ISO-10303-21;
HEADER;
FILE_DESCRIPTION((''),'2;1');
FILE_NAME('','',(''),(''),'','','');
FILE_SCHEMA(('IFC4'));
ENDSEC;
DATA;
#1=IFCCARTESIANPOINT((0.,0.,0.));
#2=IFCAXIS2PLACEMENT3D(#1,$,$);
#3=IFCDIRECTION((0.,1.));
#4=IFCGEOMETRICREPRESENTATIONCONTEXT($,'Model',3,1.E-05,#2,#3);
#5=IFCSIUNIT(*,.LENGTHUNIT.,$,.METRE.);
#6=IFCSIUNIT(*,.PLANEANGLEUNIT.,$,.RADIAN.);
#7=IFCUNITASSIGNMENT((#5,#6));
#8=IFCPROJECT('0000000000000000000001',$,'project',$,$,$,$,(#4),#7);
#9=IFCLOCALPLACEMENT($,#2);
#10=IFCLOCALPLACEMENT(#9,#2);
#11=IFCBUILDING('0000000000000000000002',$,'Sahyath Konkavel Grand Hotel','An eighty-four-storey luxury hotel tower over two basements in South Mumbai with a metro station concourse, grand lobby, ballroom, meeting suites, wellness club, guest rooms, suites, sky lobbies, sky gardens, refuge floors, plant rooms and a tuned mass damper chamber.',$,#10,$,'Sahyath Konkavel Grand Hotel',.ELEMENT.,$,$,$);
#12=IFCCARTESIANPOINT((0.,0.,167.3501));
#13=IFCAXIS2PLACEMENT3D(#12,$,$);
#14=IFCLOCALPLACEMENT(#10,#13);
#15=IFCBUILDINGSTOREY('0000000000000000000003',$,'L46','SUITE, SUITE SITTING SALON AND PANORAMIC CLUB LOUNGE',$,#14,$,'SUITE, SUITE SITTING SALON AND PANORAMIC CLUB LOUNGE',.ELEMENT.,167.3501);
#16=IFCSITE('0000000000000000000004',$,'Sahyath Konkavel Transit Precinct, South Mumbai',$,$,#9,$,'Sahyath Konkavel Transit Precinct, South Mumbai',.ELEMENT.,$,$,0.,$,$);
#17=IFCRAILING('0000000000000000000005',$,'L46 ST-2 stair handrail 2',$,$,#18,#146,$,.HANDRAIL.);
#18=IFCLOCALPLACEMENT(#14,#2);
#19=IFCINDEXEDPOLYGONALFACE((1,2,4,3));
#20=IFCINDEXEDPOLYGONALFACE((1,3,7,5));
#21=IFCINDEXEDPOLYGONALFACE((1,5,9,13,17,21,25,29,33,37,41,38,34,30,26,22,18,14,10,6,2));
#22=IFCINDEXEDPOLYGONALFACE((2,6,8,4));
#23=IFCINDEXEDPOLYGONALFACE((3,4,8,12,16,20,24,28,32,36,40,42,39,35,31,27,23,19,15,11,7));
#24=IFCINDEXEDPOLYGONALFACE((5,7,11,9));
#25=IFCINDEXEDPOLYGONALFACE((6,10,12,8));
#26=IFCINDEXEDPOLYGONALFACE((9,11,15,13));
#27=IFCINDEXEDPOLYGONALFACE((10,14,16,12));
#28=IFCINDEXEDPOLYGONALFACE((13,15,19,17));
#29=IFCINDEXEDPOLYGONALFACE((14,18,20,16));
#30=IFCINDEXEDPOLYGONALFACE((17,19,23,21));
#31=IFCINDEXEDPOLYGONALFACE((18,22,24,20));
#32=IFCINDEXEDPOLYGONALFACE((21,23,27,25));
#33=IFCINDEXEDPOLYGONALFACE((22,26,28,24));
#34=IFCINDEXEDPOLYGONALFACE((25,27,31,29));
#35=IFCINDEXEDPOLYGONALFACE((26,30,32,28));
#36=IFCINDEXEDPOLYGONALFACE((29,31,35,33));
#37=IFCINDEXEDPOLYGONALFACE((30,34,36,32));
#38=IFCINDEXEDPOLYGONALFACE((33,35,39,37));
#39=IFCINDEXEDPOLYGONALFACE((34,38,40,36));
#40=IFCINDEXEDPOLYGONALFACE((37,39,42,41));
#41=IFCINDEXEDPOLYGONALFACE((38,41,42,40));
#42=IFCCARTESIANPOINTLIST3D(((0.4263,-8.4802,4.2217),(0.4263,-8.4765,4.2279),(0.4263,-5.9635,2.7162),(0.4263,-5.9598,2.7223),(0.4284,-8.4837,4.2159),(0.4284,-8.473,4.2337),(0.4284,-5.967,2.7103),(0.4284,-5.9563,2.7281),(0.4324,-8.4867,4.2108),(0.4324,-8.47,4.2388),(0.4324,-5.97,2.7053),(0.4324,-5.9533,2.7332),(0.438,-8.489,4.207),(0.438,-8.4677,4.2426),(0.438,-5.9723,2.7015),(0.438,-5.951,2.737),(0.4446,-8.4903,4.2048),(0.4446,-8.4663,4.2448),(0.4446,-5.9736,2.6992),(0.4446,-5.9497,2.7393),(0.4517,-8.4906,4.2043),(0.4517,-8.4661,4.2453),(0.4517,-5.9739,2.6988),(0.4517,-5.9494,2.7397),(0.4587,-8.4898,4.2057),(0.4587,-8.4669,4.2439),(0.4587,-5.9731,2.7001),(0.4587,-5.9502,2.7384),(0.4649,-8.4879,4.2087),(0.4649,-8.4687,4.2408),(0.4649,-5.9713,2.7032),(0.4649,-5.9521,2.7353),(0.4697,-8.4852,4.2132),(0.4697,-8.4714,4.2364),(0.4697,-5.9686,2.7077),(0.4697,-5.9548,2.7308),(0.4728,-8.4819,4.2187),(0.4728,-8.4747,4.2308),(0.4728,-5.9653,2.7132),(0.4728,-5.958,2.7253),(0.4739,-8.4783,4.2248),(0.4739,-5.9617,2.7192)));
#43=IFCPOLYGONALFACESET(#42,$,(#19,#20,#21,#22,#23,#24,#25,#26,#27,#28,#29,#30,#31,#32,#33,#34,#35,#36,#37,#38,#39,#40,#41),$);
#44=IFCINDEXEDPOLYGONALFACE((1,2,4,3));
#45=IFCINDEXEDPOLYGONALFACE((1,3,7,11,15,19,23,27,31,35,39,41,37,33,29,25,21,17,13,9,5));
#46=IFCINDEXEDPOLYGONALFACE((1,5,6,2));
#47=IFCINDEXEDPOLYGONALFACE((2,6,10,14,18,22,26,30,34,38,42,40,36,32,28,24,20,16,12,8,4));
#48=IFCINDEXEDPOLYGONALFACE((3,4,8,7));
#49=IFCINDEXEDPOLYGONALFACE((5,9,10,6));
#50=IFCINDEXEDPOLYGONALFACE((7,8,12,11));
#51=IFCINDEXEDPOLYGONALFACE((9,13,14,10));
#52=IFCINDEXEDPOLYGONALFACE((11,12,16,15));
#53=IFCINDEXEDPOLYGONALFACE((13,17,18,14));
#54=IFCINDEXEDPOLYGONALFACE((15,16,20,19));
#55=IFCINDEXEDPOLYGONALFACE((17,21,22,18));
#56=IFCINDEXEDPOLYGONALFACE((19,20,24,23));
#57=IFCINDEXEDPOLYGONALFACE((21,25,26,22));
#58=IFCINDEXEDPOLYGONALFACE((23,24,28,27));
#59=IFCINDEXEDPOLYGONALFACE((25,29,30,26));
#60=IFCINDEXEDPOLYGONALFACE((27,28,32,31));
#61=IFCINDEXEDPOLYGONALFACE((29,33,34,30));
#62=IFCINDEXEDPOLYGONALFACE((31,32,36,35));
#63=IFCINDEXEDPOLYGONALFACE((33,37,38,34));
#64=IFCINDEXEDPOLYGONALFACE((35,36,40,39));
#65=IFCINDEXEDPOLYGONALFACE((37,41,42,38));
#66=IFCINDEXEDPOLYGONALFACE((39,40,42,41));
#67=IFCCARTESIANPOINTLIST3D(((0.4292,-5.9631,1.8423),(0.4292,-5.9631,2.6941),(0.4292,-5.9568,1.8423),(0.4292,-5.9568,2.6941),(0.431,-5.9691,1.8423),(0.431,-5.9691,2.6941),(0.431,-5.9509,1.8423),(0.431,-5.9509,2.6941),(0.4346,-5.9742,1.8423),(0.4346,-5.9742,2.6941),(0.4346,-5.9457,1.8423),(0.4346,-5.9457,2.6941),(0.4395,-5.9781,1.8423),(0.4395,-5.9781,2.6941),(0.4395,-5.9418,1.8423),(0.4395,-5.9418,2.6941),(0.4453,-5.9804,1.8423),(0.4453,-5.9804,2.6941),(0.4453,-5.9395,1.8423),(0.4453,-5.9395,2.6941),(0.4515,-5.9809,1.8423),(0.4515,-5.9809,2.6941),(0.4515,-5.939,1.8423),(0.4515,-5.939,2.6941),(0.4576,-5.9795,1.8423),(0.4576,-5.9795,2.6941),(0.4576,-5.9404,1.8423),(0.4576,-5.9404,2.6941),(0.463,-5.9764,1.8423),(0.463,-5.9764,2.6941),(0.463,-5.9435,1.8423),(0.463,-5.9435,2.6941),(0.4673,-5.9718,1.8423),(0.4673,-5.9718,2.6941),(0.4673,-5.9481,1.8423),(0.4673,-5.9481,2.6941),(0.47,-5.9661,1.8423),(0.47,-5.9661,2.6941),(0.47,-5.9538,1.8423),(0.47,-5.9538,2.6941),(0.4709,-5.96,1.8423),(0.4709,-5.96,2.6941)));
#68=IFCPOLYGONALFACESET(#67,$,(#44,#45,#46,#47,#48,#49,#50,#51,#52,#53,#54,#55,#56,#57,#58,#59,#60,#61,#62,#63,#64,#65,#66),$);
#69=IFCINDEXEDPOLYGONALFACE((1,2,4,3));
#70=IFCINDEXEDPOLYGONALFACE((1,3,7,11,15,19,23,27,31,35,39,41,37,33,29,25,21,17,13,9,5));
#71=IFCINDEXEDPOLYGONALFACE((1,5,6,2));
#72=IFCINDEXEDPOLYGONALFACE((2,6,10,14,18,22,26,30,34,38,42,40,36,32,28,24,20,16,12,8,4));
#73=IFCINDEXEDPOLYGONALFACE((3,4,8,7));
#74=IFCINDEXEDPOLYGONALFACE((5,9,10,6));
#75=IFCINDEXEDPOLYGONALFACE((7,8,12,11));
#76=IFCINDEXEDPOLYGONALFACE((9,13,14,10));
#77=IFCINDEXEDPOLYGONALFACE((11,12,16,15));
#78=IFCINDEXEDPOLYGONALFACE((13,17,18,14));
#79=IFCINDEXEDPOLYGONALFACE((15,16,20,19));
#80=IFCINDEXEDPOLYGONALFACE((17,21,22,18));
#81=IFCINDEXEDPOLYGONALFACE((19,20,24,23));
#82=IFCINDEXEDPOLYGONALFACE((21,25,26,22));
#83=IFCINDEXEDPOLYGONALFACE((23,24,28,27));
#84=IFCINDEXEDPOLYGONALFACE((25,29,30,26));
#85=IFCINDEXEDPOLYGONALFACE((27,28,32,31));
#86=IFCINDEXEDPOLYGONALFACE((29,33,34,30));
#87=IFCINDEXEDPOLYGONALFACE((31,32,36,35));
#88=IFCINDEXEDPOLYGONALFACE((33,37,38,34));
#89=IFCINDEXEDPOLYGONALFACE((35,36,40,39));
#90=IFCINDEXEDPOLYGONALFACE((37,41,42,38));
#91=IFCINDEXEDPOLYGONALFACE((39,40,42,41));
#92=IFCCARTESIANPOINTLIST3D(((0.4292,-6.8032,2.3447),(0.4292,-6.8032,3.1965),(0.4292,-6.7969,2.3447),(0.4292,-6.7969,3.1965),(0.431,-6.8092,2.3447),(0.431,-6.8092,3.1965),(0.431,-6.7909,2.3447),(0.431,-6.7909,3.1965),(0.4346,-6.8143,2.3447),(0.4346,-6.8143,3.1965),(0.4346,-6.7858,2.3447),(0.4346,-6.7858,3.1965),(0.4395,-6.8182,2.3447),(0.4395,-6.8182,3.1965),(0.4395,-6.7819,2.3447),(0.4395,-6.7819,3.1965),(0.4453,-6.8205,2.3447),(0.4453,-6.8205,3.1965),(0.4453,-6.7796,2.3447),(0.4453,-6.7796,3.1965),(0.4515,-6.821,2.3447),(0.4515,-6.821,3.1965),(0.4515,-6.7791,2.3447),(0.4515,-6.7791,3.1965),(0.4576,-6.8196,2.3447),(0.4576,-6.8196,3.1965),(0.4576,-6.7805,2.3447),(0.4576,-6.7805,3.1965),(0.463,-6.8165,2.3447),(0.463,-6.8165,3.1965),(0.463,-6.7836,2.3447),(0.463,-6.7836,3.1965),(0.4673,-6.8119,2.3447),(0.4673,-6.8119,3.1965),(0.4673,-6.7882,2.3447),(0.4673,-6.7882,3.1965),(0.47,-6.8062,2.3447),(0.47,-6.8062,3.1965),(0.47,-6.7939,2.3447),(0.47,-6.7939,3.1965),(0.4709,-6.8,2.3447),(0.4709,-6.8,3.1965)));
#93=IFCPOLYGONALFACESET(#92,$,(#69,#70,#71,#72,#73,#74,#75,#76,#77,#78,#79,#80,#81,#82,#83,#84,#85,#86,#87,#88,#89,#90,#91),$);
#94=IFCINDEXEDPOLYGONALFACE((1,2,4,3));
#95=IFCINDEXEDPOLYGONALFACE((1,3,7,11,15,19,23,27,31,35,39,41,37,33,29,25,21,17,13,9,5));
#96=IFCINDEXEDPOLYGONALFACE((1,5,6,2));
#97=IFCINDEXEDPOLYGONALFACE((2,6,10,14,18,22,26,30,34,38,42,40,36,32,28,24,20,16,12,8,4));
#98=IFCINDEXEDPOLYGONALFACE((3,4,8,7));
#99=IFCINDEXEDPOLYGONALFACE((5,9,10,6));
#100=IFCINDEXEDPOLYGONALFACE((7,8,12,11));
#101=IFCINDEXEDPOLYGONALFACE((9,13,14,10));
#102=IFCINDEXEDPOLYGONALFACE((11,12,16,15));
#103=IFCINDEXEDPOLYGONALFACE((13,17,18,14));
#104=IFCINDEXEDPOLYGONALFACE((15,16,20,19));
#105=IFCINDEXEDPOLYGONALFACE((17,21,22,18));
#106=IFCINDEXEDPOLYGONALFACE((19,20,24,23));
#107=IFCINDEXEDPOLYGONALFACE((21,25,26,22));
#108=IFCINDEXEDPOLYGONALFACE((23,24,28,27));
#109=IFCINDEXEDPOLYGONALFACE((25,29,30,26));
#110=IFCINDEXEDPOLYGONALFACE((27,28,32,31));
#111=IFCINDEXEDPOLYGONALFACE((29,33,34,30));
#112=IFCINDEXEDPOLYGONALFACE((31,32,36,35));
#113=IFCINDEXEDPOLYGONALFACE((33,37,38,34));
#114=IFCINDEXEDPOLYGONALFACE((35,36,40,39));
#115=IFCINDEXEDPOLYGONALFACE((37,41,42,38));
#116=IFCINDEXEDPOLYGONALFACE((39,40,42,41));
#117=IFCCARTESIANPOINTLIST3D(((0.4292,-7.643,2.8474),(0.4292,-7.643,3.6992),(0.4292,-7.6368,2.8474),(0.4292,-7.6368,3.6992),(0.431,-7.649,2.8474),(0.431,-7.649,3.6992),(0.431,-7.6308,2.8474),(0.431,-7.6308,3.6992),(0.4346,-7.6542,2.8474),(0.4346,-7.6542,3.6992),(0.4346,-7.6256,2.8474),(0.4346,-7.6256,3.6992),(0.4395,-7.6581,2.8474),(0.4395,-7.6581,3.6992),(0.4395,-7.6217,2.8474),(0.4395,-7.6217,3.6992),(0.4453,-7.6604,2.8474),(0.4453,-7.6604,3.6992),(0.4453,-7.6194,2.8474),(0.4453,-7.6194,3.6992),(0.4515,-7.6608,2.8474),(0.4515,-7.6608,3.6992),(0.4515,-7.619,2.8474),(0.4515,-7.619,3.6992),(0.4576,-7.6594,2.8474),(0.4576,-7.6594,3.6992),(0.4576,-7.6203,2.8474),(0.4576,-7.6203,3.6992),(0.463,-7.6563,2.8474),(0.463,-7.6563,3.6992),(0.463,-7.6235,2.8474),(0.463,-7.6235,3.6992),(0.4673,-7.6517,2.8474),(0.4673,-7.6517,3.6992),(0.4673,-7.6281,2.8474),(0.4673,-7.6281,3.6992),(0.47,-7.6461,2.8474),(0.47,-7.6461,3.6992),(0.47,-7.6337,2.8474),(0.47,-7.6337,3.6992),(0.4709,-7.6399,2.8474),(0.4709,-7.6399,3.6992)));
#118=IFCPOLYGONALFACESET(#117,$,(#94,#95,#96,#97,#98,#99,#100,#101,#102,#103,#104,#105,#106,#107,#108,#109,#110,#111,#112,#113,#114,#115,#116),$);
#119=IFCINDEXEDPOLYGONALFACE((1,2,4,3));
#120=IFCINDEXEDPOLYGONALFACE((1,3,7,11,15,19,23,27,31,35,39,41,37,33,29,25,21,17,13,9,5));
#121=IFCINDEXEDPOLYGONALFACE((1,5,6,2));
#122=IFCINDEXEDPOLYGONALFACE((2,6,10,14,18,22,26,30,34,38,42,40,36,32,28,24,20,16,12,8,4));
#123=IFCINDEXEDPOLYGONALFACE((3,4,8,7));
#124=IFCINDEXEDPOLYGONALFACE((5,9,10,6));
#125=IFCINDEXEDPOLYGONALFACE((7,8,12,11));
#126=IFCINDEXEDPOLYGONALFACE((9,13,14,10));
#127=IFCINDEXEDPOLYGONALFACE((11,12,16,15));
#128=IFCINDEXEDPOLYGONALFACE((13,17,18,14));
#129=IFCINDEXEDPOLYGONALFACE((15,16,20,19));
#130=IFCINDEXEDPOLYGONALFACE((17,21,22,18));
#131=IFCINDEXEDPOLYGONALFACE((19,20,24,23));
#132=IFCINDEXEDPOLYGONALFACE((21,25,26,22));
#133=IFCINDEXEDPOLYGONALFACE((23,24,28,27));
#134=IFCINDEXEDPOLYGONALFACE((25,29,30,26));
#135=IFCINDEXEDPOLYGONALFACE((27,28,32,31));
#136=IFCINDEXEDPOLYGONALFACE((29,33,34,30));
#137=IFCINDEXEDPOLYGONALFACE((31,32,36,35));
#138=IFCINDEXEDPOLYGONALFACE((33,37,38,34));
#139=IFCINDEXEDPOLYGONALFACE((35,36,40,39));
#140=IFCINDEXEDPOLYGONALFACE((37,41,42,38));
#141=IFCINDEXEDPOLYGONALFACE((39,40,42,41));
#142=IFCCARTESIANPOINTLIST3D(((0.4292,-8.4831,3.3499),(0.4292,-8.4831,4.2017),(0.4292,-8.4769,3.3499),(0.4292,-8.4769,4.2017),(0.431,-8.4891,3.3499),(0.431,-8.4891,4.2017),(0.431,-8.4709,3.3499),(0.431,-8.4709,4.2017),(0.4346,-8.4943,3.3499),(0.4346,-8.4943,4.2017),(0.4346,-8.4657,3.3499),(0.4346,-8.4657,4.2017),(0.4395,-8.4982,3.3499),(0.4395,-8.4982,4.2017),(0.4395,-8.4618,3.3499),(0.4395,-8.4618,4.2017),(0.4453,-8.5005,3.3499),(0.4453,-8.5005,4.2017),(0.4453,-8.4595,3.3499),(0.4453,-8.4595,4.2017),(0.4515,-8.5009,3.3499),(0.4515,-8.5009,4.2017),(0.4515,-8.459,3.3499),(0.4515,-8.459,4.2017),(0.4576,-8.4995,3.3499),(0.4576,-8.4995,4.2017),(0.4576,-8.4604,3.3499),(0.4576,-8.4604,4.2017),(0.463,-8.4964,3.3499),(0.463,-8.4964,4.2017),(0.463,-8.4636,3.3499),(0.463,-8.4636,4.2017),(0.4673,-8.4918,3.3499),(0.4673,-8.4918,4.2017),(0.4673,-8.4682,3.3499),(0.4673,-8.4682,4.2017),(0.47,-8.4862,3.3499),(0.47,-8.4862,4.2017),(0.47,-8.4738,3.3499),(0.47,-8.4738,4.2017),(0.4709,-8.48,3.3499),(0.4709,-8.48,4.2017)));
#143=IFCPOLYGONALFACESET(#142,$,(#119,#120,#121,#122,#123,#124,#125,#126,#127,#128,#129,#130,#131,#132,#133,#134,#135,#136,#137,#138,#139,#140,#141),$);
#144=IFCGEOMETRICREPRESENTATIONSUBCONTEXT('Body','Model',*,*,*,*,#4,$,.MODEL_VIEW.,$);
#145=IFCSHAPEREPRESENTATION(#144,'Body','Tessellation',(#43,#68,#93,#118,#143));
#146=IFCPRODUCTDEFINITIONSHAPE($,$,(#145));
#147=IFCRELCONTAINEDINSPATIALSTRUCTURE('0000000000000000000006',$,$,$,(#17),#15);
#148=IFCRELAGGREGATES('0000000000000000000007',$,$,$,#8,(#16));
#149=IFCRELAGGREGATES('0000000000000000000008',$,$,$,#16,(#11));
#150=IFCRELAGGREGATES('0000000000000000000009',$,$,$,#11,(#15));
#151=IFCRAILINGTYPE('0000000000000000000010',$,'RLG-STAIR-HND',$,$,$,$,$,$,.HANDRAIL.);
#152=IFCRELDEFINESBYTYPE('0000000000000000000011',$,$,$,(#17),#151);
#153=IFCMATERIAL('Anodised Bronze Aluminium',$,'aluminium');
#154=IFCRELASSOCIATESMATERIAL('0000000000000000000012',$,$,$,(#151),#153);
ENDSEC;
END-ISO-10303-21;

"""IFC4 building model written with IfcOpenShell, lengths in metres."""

from ifc_helpers import new_model, si_unit, direction, frame, origin, origin_2d, place, context, subcontext, project, spatial, circle, extrude, material, type_object, element, save


model = new_model("IFC4")

# Units and contexts
model_context = context("Model", 3, precision=1e-05, world=origin(), true_north=direction((0.0, 1.0)))
body_context = subcontext(model_context, "Body", "Model", "MODEL_VIEW")
ifc_project = project(units=[si_unit("LENGTHUNIT", "METRE"), si_unit("PLANEANGLEUNIT", "RADIAN")], contexts=[model_context])

# Site, building, storey
site_placement = place(None, origin())
site = spatial("IfcSite", under=ifc_project, at=site_placement, Name="Sahyath Konkavel Transit Precinct, South Mumbai", LongName="Sahyath Konkavel Transit Precinct, South Mumbai", CompositionType="ELEMENT", RefElevation=0.0)
building_placement = place(site_placement, origin())
building = spatial("IfcBuilding", under=site, at=building_placement, Name="Sahyath Konkavel Grand Hotel", Description="An eighty-four-storey luxury hotel tower over two basements in South Mumbai with a metro station concourse, grand lobby, ballroom, meeting suites, wellness club, guest rooms, suites, sky lobbies, sky gardens, refuge floors, plant rooms and a tuned mass damper chamber.", LongName="Sahyath Konkavel Grand Hotel", CompositionType="ELEMENT")
storey_placement = place(building_placement, frame((0.0, 0.0, 167.3501)))
storey = spatial("IfcBuildingStorey", under=building, at=storey_placement, Name="L46", Description="SUITE, SUITE SITTING SALON AND PANORAMIC CLUB LOUNGE", LongName="SUITE, SUITE SITTING SALON AND PANORAMIC CLUB LOUNGE", CompositionType="ELEMENT", Elevation=167.3501)

# Railing
ifc_material_1 = material(Name="Anodised Bronze Aluminium", Category="aluminium")
railing_type_1 = type_object("IfcRailingType", Name="RLG-STAIR-HND", PredefinedType="HANDRAIL", material=ifc_material_1)
railing_1_placement = place(storey_placement, frame((0.45, -5.96, 1.8423)))
element("IfcRailing", 1, at=railing_1_placement, inside=storey, type_object=railing_type_1, Name="L46 ST-2 stair handrail 2", PredefinedType="HANDRAIL", context=body_context, shape_type="SweptSolid", body=[
    extrude(circle(Radius=0.0239, at=origin_2d()), frame((0.0, -0.0017, 0.877), z_axis=(0.0, -0.85816, 0.513383), x_axis=(1.0, 0.0, 0.0)), (0.0, 0.0, 1.0), 2.9326),
    extrude(circle(Radius=0.021, at=origin_2d()), origin(), (0.0, 0.0, 1.0), 0.8518),
    extrude(circle(Radius=0.021, at=origin_2d()), frame((0.0, -0.8401, 0.5024)), (0.0, 0.0, 1.0), 0.8518),
    extrude(circle(Radius=0.021, at=origin_2d()), frame((0.0, -1.6799, 1.0051)), (0.0, 0.0, 1.0), 0.8518),
    extrude(circle(Radius=0.021, at=origin_2d()), frame((0.0, -2.52, 1.5076)), (0.0, 0.0, 1.0), 0.8518),
])

save(model, "model.ifc")
